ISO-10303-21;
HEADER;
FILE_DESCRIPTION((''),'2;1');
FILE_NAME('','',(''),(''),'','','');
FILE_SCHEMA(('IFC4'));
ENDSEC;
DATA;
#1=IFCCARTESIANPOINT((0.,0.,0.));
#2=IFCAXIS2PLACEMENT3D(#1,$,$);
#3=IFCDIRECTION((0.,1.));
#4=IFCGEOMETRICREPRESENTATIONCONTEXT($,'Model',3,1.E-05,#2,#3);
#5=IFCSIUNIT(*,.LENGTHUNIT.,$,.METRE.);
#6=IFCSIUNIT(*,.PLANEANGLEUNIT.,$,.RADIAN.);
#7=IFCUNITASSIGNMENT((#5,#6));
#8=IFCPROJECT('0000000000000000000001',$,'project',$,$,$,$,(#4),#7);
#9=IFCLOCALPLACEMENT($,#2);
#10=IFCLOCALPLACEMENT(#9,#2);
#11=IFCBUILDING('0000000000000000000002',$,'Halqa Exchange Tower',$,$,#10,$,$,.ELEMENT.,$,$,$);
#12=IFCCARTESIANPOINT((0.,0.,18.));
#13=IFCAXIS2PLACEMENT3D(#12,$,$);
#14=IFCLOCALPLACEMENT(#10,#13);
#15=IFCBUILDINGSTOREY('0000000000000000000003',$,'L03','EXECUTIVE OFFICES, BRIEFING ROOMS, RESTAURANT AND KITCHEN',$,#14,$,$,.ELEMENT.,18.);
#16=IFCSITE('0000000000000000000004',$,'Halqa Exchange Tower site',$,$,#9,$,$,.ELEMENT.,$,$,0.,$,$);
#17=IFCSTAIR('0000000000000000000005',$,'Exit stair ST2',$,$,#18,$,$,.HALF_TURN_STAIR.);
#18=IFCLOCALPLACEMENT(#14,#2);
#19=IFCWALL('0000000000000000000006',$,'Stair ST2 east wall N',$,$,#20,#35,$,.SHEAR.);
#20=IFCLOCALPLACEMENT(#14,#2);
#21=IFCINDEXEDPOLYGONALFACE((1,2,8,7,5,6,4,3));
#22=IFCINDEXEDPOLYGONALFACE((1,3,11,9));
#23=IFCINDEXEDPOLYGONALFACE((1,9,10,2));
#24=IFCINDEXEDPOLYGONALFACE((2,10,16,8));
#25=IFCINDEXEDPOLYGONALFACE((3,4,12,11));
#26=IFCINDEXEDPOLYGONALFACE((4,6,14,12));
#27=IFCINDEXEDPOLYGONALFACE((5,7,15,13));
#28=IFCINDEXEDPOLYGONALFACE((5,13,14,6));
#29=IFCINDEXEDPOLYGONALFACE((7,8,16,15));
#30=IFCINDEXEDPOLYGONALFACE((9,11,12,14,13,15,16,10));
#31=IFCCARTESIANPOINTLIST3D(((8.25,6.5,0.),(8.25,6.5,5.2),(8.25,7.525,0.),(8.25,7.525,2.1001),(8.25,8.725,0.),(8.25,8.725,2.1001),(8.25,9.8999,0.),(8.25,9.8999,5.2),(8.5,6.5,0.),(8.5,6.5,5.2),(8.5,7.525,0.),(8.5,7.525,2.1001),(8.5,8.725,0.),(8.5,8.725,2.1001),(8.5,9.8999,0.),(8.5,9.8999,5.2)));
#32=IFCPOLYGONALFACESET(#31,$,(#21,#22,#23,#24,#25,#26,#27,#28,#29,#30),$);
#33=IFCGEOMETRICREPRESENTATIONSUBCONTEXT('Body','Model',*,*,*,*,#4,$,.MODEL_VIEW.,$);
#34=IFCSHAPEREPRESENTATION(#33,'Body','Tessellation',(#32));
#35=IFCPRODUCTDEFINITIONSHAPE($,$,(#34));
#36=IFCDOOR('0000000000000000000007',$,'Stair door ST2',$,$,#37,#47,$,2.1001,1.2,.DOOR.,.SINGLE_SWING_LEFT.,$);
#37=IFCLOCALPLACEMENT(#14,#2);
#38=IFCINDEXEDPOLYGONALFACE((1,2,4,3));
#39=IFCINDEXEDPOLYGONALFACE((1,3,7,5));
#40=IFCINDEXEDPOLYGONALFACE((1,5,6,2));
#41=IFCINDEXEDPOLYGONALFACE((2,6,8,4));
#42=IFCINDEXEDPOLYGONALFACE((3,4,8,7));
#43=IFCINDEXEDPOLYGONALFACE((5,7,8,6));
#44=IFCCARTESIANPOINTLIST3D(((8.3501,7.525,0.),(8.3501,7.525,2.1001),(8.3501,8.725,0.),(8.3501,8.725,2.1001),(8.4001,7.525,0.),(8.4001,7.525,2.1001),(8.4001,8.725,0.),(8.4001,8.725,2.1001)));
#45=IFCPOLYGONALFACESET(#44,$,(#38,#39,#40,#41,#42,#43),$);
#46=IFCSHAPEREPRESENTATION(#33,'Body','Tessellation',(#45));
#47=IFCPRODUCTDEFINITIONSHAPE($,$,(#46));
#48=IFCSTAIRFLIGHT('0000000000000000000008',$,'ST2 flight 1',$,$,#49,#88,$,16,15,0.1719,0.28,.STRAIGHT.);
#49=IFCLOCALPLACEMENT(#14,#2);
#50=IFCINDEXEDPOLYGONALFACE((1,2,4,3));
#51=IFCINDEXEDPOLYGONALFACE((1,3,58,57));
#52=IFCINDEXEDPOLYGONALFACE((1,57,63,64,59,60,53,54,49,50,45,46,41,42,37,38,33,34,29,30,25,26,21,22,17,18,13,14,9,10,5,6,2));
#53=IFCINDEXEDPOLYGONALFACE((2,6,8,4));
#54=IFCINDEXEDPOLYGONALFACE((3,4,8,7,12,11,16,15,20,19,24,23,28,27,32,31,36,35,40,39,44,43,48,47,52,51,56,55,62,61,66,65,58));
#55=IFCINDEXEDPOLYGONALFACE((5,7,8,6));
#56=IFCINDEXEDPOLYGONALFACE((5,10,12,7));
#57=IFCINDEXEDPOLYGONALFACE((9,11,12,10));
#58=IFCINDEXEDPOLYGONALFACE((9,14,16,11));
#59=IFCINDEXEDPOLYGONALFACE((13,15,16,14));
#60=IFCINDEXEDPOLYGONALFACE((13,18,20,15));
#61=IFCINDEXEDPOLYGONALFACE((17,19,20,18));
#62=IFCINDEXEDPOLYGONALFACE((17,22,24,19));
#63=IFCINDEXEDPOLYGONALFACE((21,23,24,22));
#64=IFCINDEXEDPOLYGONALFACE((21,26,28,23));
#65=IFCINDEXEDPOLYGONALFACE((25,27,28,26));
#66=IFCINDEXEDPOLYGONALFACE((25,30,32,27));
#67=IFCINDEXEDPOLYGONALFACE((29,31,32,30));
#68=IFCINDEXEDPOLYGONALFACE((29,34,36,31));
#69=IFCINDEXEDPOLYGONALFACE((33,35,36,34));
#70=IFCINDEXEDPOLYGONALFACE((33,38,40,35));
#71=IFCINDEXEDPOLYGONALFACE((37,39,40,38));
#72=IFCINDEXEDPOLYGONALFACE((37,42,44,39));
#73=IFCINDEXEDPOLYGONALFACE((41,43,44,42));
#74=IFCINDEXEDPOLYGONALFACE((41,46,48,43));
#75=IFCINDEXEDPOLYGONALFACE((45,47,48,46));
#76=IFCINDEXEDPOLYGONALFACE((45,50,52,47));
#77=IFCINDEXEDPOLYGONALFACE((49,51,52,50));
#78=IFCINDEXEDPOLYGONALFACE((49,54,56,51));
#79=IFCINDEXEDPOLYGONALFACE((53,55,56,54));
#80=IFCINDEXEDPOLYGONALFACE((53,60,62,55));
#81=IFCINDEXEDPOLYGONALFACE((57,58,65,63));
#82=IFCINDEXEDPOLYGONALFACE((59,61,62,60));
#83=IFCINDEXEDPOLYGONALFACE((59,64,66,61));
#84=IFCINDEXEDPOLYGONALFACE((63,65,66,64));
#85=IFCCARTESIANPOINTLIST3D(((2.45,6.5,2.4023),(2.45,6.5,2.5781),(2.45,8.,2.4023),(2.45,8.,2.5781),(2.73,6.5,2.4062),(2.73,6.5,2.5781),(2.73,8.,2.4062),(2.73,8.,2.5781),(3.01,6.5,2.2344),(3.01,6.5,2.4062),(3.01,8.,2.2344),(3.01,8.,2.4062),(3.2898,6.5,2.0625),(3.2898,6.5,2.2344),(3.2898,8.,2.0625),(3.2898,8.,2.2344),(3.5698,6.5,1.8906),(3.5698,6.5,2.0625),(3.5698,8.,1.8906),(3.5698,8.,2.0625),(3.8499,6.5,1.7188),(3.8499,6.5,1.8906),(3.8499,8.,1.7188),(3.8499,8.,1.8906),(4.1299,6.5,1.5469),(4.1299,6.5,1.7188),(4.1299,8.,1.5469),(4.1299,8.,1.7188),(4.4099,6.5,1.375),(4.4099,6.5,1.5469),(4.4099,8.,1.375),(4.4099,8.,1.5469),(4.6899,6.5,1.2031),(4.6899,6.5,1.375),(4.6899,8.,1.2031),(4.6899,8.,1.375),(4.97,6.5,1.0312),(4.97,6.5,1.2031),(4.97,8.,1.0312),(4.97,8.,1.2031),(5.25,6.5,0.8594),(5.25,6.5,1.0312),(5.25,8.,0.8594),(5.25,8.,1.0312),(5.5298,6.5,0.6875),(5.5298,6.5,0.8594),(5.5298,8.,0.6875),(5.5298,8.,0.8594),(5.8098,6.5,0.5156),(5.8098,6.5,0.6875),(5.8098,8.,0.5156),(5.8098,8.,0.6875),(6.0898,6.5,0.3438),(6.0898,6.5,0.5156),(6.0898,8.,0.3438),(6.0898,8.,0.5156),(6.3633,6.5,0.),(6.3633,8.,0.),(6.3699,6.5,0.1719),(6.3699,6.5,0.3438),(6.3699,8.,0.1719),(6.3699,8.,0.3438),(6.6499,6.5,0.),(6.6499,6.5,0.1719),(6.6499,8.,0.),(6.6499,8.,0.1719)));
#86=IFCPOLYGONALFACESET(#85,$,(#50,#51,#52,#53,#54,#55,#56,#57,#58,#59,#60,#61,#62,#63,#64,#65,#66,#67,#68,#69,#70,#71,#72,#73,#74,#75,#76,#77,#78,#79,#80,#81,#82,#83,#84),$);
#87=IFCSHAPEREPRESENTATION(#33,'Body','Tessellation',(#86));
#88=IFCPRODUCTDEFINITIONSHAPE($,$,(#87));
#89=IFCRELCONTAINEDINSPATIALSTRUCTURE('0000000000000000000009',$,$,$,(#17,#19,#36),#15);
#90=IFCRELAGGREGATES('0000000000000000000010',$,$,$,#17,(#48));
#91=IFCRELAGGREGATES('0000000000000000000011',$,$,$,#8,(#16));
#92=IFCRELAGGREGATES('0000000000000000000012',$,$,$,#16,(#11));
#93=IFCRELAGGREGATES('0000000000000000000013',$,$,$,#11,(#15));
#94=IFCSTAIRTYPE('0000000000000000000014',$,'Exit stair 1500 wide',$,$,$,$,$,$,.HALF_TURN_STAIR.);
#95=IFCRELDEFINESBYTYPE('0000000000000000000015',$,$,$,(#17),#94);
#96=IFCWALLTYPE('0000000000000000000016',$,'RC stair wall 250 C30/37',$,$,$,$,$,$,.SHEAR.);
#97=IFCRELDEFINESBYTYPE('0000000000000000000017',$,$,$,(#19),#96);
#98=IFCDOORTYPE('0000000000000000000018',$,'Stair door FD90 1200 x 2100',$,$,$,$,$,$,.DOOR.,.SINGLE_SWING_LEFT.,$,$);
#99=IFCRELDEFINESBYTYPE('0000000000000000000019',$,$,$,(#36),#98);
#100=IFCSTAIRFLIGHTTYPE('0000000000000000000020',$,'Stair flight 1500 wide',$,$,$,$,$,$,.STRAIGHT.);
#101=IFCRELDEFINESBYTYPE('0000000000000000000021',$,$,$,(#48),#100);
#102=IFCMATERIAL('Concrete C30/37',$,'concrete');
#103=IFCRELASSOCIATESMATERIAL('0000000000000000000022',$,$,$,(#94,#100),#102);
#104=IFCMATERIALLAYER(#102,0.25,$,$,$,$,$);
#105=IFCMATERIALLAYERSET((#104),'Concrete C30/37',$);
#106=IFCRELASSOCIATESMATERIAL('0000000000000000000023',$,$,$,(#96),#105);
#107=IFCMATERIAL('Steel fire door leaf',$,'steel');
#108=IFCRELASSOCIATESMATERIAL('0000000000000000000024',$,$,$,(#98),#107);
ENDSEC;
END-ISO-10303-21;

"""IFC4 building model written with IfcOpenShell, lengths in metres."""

from ifc_helpers import new_model, si_unit, direction, frame, frame_2d, origin, place, context, subcontext, project, spatial, polyline, rectangle, outline, extrude, material, layer, layer_set, type_object, element, fill, aggregate, save


model = new_model("IFC4")

# Units and contexts
model_context = context("Model", 3, precision=1e-05, world=origin(), true_north=direction((0.0, 1.0)))
body_context = subcontext(model_context, "Body", "Model", "MODEL_VIEW")
ifc_project = project(units=[si_unit("LENGTHUNIT", "METRE"), si_unit("PLANEANGLEUNIT", "RADIAN")], contexts=[model_context])

# Site, building, storey
site_placement = place(None, origin())
site = spatial("IfcSite", under=ifc_project, at=site_placement, Name="Halqa Exchange Tower site", CompositionType="ELEMENT", RefElevation=0.0)
building_placement = place(site_placement, origin())
building = spatial("IfcBuilding", under=site, at=building_placement, Name="Halqa Exchange Tower", CompositionType="ELEMENT")
storey_placement = place(building_placement, frame((0.0, 0.0, 18.0)))
storey = spatial("IfcBuildingStorey", under=building, at=storey_placement, Name="L03", Description="EXECUTIVE OFFICES, BRIEFING ROOMS, RESTAURANT AND KITCHEN", CompositionType="ELEMENT", Elevation=18.0)

# Stair
ifc_material_1 = material(Name="Concrete C30/37", Category="concrete")
stair_type = type_object("IfcStairType", Name="Exit stair 1500 wide", PredefinedType="HALF_TURN_STAIR", material=ifc_material_1)
stair_1_placement = place(storey_placement, origin())
stair_1 = element("IfcStair", 1, at=stair_1_placement, inside=storey, type_object=stair_type, Name="Exit stair ST2", PredefinedType="HALF_TURN_STAIR")

# Shared definitions
ifc_layer_1 = layer(ifc_material_1, 0.25)
ifc_layer_set_1 = layer_set([ifc_layer_1], Name="Concrete C30/37")
wall_type_1 = type_object("IfcWallType", Name="RC stair wall 250 C30/37", PredefinedType="SHEAR", material=ifc_layer_set_1)

# Wall, opening, door
wall_1_placement = place(storey_placement, frame((8.375, 6.5, 0.0), z_axis=(0.0, 0.0, 1.0), x_axis=(0.0, 1.0, 0.0)))
wall_1 = element("IfcWall", 2, at=wall_1_placement, inside=storey, type_object=wall_type_1, Name="Stair ST2 east wall N", PredefinedType="SHEAR", context=body_context, shape_type="SweptSolid", body=[
    extrude(rectangle(XDim=3.3999, YDim=0.25, at=frame_2d((1.7, 0.0))), origin(), (0.0, 0.0, 1.0), 5.2),
])
opening_placement = place(wall_1_placement, frame((1.0249, 0.0, 0.0)))
opening = element("IfcOpeningElement", 3, at=opening_placement, cuts=wall_1, PredefinedType="OPENING", context=body_context, shape_type="SweptSolid", body=[
    extrude(rectangle(XDim=1.2, YDim=2.1001, at=frame_2d((0.6001, 1.05))), frame((0.0, 0.137, 0.0), z_axis=(0.0, -1.0, 0.0), x_axis=(1.0, 0.0, 0.0)), (0.0, 0.0, 1.0), 0.2739),
])
ifc_material_2 = material(Name="Steel fire door leaf", Category="steel")
door_type = type_object("IfcDoorType", Name="Stair door FD90 1200 x 2100", OperationType="SINGLE_SWING_LEFT", PredefinedType="DOOR", material=ifc_material_2)
door_placement = place(opening_placement, origin())
door = element("IfcDoor", 4, at=door_placement, inside=storey, type_object=door_type, Name="Stair door ST2", OperationType="SINGLE_SWING_LEFT", OverallHeight=2.1001, OverallWidth=1.2, PredefinedType="DOOR", context=body_context, shape_type="SweptSolid", body=[
    extrude(rectangle(XDim=1.2, YDim=2.1001, at=frame_2d((0.6001, 1.05))), frame((0.0, 0.0249, 0.0), z_axis=(0.0, -1.0, 0.0), x_axis=(1.0, 0.0, 0.0)), (0.0, 0.0, 1.0), 0.05),
])
fill(opening, door)

# Stair flight
stair_flight_type = type_object("IfcStairFlightType", Name="Stair flight 1500 wide", PredefinedType="STRAIGHT", material=ifc_material_1)
stair_flight_placement = place(storey_placement, frame((6.6499, 7.25, 0.0), z_axis=(0.0, 0.0, 1.0), x_axis=(-1.0, 0.0, 0.0)))
stair_flight = element("IfcStairFlight", 5, at=stair_flight_placement, type_object=stair_flight_type, Name="ST2 flight 1", NumberOfRisers=16, NumberOfTreads=15, PredefinedType="STRAIGHT", RiserHeight=0.1719, TreadLength=0.28, context=body_context, shape_type="SweptSolid", body=[
    extrude(outline(polyline([(0.0, 0.0), (0.0, 0.1719), (0.28, 0.1719), (0.28, 0.3438), (0.5601, 0.3438), (0.5601, 0.5156), (0.8401, 0.5156), (0.8401, 0.6875), (1.1201, 0.6875), (1.1201, 0.8594), (1.3999, 0.8594), (1.3999, 1.0312), (1.6799, 1.0312), (1.6799, 1.2031), (1.96, 1.2031), (1.96, 1.375), (2.24, 1.375), (2.24, 1.5469), (2.52, 1.5469), (2.52, 1.7188), (2.8, 1.7188), (2.8, 1.8906), (3.0801, 1.8906), (3.0801, 2.0625), (3.3601, 2.0625), (3.3601, 2.2344), (3.6399, 2.2344), (3.6399, 2.4062), (3.9199, 2.4062), (3.9199, 2.5781), (4.2, 2.5781), (4.2, 2.75), (4.2, 2.4023), (0.2866, 0.0), (0.0, 0.0)])), frame((0.0, 0.75, 0.0), z_axis=(0.0, -1.0, 0.0), x_axis=(1.0, 0.0, 0.0)), (0.0, 0.0, 1.0), 1.5),
])
aggregate(stair_1, [stair_flight])

save(model, "model.ifc")
